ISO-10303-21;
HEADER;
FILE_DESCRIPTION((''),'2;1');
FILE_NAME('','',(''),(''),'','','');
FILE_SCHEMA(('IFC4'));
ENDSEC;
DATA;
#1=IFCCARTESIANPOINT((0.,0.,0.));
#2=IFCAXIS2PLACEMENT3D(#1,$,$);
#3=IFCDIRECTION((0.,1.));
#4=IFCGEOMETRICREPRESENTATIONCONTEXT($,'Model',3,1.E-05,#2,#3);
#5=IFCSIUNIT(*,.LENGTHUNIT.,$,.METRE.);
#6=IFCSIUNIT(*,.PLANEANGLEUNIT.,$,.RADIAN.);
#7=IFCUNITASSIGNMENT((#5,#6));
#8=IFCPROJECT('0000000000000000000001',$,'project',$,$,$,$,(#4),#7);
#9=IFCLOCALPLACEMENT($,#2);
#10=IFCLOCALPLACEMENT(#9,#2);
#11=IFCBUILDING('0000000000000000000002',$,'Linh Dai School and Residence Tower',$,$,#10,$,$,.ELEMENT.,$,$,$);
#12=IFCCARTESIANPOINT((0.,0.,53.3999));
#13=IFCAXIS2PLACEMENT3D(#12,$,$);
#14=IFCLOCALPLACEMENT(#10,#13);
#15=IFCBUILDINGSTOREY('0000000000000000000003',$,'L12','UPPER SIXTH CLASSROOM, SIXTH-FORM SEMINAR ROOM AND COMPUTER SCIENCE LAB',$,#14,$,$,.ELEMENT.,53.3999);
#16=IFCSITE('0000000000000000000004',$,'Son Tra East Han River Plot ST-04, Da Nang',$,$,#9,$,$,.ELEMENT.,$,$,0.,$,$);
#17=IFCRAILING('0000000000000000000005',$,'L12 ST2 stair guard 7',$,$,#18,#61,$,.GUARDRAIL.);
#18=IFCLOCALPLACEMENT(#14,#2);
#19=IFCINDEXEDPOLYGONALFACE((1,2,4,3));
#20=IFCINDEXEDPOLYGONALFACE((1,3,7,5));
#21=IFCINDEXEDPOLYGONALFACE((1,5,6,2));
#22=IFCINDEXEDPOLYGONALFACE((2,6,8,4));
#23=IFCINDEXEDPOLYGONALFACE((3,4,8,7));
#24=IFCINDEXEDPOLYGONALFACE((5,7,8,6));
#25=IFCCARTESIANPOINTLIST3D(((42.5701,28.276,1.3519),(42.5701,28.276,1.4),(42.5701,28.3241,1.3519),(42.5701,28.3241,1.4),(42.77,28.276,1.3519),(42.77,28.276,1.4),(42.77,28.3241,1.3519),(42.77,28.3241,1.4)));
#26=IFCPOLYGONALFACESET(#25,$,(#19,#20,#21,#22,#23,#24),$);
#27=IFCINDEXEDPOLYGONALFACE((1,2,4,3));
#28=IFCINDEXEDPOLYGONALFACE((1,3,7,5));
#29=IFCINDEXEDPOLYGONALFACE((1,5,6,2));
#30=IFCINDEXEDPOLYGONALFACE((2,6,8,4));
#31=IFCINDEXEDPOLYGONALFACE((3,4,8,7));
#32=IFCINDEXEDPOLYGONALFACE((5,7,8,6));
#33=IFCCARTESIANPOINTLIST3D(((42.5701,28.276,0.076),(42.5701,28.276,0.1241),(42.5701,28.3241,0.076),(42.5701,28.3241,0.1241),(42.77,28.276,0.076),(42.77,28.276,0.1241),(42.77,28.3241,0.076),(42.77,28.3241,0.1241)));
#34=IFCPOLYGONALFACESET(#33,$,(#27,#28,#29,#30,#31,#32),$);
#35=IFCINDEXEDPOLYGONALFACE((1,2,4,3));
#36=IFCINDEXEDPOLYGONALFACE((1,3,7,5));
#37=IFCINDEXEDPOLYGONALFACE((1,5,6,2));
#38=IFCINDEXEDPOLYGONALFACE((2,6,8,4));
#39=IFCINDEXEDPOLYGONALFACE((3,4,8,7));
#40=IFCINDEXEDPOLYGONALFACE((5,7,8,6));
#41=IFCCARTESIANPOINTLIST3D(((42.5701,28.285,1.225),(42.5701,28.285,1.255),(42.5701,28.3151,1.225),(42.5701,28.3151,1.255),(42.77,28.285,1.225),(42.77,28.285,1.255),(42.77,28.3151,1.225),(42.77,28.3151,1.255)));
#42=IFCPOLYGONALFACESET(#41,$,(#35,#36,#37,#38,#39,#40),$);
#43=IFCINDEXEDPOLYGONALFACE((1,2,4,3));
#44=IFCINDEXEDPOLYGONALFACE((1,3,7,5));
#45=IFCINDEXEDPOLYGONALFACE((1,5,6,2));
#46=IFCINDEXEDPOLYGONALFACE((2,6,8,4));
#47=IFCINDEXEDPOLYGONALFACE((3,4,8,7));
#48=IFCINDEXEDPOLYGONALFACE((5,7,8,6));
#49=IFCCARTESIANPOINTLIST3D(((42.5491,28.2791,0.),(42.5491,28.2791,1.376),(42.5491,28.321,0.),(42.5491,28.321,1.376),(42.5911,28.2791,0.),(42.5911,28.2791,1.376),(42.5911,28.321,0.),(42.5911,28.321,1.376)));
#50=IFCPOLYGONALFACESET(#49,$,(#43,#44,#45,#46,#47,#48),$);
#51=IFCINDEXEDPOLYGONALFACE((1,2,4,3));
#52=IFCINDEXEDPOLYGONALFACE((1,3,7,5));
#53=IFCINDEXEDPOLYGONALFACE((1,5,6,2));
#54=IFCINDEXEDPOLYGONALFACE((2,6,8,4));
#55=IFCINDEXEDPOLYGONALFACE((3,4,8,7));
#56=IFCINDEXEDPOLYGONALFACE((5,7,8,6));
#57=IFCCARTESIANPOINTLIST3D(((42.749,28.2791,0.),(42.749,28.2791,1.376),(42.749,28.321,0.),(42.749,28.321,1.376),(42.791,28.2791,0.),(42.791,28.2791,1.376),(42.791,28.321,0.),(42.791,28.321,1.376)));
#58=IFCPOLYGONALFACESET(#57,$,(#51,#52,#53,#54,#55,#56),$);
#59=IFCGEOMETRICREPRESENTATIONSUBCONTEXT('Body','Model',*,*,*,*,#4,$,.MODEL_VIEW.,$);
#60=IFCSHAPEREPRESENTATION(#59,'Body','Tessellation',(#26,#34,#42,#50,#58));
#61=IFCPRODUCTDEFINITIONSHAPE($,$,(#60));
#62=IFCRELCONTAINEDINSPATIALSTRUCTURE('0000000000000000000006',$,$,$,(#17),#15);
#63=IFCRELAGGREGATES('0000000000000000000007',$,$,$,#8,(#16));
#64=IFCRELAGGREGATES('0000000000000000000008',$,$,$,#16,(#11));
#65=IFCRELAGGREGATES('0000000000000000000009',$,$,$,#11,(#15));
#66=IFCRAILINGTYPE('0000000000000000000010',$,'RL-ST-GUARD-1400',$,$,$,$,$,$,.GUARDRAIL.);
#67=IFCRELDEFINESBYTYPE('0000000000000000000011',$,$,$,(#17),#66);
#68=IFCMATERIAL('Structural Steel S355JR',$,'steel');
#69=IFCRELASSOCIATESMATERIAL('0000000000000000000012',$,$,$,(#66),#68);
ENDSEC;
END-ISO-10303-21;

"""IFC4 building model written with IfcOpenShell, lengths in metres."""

from ifc_helpers import new_model, si_unit, direction, frame, origin, origin_2d, place, context, subcontext, project, spatial, rectangle, extrude, source, transform, mapped, material, type_object, element, save


model = new_model("IFC4")

# Units and contexts
model_context = context("Model", 3, precision=1e-05, world=origin(), true_north=direction((0.0, 1.0)))
body_context = subcontext(model_context, "Body", "Model", "MODEL_VIEW")
ifc_project = project(units=[si_unit("LENGTHUNIT", "METRE"), si_unit("PLANEANGLEUNIT", "RADIAN")], contexts=[model_context])

# Site, building, storey
site_placement = place(None, origin())
site = spatial("IfcSite", under=ifc_project, at=site_placement, Name="Son Tra East Han River Plot ST-04, Da Nang", CompositionType="ELEMENT", RefElevation=0.0)
building_placement = place(site_placement, origin())
building = spatial("IfcBuilding", under=site, at=building_placement, Name="Linh Dai School and Residence Tower", CompositionType="ELEMENT")
storey_placement = place(building_placement, frame((0.0, 0.0, 53.3999)))
storey = spatial("IfcBuildingStorey", under=building, at=storey_placement, Name="L12", Description="UPPER SIXTH CLASSROOM, SIXTH-FORM SEMINAR ROOM AND COMPUTER SCIENCE LAB", CompositionType="ELEMENT", Elevation=53.3999)

# Shared definitions
ifc_material_1 = material(Name="Structural Steel S355JR", Category="steel")

# Railing
railing_type_1 = type_object("IfcRailingType", Name="RL-ST-GUARD-1400", PredefinedType="GUARDRAIL", material=ifc_material_1)
shared_shape_1 = source(origin(), body_context, "Body", "SweptSolid", [
    extrude(rectangle(XDim=0.0481, YDim=0.0481, at=origin_2d()), frame((0.0, 0.0, 1.376), z_axis=(1.0, 0.0, 0.0), x_axis=(0.0, 1.0, 0.0)), (0.0, 0.0, 1.0), 0.2),
    extrude(rectangle(XDim=0.0481, YDim=0.0481, at=origin_2d()), frame((0.0, 0.0, 0.1001), z_axis=(1.0, 0.0, 0.0), x_axis=(0.0, 1.0, 0.0)), (0.0, 0.0, 1.0), 0.2),
    extrude(rectangle(XDim=0.03, YDim=0.03, at=origin_2d()), frame((0.0, 0.0, 1.24), z_axis=(1.0, 0.0, 0.0), x_axis=(0.0, 1.0, 0.0)), (0.0, 0.0, 1.0), 0.2),
    extrude(rectangle(XDim=0.042, YDim=0.042, at=origin_2d()), origin(), (0.0, 0.0, 1.0), 1.376),
    extrude(rectangle(XDim=0.042, YDim=0.042, at=origin_2d()), frame((0.2, 0.0, 0.0)), (0.0, 0.0, 1.0), 1.376),
])
railing_1_placement = place(storey_placement, frame((42.5701, 28.3, 0.0)))
element("IfcRailing", 1, at=railing_1_placement, inside=storey, type_object=railing_type_1, Name="L12 ST2 stair guard 7", PredefinedType="GUARDRAIL", context=body_context, shape_type="MappedRepresentation", body=[
    mapped(shared_shape_1, transform((0.0, 0.0, 0.0), x_axis=(1.0, 0.0, 0.0), y_axis=(0.0, 1.0, 0.0), z_axis=(0.0, 0.0, 1.0), scale=1.0)),
])

save(model, "model.ifc")
